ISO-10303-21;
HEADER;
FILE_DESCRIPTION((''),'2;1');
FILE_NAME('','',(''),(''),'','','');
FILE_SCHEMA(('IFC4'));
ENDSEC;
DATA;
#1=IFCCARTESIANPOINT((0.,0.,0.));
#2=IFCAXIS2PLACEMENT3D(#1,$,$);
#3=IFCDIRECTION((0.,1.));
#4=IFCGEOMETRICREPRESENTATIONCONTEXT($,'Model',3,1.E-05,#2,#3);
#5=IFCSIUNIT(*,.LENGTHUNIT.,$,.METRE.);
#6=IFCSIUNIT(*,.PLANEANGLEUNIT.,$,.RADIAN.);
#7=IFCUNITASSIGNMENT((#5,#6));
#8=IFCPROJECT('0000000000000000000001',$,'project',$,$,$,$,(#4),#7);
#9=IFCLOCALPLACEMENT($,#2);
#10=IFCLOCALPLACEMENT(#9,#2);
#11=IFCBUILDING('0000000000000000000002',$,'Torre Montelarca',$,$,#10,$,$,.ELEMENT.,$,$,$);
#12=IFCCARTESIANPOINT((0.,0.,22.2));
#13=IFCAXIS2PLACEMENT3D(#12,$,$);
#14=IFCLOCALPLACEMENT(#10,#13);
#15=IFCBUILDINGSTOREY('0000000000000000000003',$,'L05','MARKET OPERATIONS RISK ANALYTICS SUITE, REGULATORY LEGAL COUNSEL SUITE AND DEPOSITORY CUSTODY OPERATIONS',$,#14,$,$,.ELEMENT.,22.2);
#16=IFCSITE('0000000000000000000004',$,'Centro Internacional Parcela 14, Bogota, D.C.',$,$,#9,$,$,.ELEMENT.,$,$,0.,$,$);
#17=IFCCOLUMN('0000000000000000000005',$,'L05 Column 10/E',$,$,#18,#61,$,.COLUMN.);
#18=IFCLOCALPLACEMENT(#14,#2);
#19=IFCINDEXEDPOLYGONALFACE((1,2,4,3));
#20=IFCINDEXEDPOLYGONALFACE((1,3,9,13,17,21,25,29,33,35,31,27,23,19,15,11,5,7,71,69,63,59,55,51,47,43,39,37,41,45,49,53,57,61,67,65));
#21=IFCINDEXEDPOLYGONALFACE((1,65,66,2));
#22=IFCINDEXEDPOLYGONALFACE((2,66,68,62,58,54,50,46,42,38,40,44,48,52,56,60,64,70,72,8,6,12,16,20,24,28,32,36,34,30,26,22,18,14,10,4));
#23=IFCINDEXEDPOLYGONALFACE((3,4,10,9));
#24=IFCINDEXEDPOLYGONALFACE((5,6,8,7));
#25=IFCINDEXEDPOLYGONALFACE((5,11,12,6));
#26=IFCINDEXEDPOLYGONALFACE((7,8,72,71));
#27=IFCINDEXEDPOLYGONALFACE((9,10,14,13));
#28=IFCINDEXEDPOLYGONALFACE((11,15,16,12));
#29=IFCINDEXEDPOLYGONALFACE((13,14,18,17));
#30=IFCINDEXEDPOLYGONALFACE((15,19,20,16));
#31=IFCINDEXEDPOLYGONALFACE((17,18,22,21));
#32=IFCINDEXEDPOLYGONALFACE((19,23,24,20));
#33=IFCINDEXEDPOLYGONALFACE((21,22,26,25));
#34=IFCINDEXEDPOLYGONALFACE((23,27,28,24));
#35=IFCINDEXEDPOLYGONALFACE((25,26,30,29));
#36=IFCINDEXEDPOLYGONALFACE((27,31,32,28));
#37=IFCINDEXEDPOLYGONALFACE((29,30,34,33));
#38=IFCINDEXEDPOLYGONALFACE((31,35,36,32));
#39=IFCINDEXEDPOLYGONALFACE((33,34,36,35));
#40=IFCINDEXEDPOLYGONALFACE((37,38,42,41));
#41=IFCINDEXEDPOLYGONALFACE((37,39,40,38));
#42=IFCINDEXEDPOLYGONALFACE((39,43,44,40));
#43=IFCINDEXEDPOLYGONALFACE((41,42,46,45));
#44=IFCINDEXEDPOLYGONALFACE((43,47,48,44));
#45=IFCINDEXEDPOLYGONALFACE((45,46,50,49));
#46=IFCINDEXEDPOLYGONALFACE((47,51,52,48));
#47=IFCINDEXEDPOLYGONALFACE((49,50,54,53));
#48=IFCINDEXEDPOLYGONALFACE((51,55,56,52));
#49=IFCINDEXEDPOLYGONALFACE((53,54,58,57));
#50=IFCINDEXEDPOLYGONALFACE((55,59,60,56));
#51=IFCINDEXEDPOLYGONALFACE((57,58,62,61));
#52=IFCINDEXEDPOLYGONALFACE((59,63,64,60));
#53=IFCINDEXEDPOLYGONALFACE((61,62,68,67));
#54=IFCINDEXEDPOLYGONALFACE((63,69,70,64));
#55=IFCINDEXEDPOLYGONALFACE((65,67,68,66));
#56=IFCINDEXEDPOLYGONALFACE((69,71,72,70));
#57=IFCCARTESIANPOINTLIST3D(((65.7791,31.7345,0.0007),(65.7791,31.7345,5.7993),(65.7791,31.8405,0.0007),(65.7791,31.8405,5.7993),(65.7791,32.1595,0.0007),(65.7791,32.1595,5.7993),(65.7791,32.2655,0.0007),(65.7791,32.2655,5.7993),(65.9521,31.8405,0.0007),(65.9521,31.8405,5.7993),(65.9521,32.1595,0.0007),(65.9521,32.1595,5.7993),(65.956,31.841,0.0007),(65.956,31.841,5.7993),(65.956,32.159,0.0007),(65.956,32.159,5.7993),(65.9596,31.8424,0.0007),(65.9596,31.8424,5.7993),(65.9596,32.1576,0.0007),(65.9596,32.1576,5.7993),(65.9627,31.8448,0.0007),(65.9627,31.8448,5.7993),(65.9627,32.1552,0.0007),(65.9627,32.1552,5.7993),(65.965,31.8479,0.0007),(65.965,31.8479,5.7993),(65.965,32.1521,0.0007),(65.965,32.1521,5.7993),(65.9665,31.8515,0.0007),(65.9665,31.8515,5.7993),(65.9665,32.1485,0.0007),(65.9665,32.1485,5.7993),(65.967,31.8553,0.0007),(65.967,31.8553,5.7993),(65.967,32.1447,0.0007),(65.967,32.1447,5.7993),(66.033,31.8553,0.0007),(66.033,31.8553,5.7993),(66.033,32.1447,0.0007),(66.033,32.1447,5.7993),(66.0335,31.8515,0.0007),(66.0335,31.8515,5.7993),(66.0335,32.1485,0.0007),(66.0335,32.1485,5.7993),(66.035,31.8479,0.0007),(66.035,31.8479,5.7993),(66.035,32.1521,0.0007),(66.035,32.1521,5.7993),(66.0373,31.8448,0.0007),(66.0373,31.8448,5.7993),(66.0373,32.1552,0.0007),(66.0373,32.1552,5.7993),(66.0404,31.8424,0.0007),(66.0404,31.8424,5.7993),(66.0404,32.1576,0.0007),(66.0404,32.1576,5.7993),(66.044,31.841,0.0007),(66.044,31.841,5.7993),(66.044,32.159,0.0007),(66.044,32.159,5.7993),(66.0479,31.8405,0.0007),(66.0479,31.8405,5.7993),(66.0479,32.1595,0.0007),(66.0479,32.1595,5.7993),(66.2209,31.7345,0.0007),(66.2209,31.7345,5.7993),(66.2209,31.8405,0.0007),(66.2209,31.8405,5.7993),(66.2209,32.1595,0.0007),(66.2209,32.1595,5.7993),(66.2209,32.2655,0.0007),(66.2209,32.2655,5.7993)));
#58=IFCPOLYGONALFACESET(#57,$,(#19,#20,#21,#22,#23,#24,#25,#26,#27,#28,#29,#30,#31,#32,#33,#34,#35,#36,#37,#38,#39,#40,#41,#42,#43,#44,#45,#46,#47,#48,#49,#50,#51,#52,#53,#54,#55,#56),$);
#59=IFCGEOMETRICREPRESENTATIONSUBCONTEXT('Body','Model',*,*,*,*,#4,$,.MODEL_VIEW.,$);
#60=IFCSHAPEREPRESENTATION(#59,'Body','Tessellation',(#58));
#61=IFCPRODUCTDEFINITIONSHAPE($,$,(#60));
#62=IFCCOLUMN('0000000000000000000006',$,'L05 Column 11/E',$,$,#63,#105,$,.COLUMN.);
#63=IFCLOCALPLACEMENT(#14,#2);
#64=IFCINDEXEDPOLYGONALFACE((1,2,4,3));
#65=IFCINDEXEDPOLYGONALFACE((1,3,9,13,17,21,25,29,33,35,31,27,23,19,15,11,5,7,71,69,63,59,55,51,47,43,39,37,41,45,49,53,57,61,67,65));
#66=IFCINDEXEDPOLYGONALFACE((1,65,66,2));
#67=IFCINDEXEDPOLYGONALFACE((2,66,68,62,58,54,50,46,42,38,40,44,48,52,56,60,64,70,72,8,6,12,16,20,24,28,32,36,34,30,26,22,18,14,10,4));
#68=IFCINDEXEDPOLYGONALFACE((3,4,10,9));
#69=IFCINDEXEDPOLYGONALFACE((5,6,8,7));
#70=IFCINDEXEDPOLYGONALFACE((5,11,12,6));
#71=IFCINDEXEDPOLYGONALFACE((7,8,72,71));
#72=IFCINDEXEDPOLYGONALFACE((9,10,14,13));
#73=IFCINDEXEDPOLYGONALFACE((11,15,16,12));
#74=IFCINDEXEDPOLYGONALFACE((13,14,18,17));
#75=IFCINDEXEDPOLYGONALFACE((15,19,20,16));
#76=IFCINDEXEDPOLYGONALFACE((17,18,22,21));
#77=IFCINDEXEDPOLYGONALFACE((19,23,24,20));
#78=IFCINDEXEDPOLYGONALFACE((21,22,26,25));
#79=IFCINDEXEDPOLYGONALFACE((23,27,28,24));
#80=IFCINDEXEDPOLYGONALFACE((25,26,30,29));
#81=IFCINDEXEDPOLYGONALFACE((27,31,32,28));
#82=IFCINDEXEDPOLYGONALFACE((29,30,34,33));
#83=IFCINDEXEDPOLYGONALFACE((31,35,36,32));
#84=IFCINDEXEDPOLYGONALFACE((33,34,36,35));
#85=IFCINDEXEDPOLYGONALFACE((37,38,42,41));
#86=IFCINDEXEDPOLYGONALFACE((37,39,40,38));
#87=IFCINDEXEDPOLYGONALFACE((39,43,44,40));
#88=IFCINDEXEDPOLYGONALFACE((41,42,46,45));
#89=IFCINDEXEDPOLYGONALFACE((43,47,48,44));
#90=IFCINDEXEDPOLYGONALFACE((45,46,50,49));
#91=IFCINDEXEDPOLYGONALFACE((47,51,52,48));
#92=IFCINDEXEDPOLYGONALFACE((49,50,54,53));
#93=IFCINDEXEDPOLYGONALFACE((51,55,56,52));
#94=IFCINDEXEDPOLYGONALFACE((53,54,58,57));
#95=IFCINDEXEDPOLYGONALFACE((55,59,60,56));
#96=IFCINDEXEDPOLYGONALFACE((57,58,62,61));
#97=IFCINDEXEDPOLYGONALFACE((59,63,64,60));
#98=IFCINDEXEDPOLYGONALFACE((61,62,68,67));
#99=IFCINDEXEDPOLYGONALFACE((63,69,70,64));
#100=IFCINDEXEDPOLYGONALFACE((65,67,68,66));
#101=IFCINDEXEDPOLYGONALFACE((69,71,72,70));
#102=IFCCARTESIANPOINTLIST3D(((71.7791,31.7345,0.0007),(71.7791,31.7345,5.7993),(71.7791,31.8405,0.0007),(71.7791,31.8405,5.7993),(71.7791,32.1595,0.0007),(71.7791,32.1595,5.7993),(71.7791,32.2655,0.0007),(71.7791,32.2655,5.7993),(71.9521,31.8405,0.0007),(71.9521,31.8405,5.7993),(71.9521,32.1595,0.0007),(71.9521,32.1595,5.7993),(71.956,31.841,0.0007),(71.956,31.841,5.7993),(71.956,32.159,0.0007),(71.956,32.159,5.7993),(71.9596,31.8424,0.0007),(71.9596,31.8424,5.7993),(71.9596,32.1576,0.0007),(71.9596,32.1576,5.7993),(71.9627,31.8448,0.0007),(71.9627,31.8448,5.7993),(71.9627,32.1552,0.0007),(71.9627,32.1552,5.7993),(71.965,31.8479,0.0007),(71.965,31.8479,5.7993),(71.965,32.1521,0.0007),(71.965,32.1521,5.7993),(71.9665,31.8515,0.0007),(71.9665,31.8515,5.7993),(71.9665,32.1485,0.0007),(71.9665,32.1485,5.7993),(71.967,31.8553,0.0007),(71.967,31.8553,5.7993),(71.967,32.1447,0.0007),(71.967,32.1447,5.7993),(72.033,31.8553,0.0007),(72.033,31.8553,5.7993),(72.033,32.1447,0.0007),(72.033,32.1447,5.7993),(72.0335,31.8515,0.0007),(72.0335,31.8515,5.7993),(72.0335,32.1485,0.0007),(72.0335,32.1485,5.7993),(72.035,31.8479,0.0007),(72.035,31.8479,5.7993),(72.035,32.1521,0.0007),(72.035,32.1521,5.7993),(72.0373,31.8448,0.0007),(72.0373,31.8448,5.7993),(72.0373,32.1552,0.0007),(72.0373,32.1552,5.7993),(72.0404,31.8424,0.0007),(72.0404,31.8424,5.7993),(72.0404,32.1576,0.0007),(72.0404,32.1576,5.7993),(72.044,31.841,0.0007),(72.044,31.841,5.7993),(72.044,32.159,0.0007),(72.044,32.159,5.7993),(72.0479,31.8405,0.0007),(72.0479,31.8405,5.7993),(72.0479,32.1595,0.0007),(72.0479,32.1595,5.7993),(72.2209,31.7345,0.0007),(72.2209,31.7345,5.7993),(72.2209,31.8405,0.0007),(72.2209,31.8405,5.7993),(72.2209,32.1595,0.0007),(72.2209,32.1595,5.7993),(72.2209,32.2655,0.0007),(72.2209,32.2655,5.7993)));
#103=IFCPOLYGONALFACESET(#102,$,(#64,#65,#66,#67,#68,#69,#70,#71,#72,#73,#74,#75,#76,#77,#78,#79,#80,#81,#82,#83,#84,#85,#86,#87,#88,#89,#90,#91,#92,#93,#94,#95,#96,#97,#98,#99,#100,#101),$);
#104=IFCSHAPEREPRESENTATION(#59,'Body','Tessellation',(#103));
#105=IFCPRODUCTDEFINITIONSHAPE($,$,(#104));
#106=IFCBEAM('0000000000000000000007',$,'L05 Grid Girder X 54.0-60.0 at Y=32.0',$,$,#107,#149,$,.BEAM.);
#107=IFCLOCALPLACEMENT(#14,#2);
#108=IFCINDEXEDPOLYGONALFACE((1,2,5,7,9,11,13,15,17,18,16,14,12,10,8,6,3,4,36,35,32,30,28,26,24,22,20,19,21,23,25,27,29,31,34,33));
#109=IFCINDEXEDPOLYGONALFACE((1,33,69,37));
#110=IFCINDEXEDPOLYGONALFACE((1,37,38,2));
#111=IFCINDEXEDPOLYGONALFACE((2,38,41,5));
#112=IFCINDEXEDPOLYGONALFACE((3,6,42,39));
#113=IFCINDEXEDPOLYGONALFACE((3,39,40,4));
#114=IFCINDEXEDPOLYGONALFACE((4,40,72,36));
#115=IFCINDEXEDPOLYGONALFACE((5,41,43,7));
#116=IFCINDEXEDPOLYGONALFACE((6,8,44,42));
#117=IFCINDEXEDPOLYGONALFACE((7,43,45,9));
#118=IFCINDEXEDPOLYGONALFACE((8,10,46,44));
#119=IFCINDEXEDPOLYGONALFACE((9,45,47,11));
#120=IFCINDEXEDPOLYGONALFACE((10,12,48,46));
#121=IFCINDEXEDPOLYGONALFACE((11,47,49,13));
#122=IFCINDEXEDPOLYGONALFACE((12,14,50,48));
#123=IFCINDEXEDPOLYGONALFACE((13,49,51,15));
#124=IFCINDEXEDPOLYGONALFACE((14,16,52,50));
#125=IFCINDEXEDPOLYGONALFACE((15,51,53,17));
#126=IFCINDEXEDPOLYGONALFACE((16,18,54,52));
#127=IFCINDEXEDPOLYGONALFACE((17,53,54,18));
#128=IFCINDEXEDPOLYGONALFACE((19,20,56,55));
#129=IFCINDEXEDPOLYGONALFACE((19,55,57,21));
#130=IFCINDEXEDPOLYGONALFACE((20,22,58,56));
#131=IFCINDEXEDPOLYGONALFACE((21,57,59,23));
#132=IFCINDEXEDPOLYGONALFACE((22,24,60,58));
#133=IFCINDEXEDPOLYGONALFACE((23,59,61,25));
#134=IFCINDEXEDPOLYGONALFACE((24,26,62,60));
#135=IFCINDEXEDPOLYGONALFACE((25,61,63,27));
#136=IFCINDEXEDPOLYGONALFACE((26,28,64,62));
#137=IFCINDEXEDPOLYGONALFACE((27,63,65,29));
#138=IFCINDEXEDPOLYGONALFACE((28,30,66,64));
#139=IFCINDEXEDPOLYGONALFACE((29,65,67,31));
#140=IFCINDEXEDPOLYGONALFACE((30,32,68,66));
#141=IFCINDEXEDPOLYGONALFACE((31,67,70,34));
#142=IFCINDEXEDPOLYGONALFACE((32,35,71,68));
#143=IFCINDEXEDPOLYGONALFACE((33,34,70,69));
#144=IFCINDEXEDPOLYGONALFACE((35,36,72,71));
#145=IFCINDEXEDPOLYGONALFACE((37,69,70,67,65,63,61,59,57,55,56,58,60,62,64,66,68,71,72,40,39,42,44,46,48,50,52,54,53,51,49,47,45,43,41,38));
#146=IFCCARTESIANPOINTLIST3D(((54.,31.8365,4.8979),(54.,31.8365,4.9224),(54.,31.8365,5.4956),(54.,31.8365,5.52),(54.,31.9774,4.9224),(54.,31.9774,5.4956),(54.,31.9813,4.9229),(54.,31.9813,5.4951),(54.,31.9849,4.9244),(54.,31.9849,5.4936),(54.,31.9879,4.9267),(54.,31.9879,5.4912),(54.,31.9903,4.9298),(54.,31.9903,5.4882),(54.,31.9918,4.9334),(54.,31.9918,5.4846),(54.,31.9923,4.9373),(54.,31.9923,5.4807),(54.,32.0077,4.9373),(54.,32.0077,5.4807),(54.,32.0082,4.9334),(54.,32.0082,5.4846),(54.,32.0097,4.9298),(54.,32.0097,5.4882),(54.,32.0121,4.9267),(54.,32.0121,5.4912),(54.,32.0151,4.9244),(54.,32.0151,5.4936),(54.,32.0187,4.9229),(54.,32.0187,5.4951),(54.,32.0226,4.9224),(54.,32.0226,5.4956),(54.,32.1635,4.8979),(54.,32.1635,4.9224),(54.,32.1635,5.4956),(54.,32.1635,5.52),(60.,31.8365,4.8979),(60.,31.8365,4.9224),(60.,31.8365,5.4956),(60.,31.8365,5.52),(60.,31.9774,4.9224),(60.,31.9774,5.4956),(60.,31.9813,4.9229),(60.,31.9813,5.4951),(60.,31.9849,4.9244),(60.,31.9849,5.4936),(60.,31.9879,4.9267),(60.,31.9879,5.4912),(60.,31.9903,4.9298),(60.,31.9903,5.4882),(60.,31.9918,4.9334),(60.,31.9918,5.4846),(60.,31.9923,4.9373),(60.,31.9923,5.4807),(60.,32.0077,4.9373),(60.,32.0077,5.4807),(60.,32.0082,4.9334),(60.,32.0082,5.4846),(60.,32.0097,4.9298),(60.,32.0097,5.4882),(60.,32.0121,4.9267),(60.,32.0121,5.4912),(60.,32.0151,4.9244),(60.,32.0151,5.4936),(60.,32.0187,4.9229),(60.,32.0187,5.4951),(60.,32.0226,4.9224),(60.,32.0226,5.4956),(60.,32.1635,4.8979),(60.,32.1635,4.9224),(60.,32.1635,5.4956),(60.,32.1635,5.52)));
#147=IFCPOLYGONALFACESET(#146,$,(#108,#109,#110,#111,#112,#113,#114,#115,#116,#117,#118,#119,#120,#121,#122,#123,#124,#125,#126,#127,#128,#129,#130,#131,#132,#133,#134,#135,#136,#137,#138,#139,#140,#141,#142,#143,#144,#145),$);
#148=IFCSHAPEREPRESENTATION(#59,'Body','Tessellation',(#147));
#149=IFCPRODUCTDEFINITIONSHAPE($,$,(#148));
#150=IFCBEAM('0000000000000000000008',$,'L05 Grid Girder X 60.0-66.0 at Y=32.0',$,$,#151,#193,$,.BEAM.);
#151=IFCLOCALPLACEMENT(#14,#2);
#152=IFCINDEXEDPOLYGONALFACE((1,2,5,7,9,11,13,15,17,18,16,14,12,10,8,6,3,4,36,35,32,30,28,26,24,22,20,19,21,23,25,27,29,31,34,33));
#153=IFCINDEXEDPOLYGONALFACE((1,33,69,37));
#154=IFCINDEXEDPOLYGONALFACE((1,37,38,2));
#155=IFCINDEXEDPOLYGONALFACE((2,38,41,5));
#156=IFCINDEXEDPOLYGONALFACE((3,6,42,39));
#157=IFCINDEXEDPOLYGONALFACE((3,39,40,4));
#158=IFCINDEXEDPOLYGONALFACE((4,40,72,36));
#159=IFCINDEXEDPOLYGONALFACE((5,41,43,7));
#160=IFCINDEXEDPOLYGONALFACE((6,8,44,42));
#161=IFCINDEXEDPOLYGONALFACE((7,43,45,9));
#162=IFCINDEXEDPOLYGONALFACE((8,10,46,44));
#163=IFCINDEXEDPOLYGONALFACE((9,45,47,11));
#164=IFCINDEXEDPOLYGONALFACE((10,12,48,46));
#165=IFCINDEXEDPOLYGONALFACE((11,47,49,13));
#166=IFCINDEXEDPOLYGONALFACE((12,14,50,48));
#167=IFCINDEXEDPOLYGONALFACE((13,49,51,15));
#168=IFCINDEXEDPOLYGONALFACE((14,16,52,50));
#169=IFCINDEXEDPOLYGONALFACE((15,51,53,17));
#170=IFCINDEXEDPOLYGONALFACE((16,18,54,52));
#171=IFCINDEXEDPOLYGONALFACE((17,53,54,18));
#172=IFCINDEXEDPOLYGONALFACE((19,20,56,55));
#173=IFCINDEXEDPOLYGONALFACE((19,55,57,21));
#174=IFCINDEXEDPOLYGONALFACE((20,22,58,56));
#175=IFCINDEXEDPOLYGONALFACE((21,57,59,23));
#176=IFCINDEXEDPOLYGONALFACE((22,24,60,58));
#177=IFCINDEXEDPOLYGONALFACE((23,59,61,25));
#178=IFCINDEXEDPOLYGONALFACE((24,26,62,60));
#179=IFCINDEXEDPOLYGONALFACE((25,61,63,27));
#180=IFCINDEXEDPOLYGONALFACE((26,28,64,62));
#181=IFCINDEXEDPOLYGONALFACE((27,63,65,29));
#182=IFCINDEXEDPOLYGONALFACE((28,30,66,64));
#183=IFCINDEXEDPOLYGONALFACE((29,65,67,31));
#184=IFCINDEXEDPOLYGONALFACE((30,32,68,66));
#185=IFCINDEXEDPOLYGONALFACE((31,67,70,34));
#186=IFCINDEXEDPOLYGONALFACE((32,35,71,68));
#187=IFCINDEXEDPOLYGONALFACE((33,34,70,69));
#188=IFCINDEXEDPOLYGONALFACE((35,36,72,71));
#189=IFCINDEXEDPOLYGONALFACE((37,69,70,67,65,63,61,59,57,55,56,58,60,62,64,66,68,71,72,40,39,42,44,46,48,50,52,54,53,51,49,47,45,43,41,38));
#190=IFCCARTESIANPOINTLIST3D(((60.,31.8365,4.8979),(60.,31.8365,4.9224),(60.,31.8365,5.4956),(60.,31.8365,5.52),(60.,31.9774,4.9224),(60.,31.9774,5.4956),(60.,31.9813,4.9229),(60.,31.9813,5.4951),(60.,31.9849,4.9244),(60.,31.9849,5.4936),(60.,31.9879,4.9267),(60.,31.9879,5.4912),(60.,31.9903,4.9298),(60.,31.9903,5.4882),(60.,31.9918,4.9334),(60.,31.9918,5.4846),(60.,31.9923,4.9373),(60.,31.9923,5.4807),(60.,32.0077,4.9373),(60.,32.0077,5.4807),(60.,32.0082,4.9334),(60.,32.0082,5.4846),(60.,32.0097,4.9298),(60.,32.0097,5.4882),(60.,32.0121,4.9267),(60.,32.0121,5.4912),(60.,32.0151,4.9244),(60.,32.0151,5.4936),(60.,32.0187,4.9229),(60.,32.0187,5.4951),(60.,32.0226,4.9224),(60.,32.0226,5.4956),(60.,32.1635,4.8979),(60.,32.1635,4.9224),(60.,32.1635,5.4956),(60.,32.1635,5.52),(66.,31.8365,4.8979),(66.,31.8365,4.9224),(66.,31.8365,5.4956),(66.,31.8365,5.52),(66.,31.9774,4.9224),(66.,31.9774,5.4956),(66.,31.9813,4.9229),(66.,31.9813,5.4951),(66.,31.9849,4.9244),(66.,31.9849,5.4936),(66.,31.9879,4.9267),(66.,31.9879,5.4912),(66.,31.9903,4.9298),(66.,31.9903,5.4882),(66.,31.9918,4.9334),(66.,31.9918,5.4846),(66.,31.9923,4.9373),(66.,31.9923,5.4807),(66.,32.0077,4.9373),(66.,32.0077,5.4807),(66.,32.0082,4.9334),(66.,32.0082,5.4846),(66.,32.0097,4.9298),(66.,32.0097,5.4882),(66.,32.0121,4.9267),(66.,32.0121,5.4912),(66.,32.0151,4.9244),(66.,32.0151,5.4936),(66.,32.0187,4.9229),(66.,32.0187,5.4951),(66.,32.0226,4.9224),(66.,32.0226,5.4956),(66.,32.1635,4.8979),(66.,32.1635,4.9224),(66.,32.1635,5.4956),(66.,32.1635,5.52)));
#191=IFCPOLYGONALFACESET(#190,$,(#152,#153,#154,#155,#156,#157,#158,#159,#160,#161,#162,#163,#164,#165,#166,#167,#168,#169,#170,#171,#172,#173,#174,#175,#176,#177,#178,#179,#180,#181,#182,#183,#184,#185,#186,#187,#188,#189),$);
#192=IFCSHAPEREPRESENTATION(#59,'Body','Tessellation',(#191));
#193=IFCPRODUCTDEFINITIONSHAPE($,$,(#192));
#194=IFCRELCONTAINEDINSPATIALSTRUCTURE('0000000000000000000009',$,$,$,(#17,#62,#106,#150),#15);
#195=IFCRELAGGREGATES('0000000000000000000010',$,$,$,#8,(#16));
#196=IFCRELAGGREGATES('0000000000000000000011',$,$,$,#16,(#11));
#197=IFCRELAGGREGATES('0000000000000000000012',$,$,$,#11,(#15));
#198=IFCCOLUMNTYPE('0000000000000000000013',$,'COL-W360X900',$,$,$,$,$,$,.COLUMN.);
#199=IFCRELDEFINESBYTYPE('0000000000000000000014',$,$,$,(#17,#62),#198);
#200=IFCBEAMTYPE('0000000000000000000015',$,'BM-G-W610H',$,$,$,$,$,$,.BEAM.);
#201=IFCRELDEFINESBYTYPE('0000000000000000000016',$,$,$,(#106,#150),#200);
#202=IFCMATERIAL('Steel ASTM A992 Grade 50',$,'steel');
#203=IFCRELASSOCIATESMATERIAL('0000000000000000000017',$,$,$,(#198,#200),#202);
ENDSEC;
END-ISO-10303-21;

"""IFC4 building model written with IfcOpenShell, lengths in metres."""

from ifc_helpers import new_model, si_unit, direction, frame, origin, origin_2d, place, context, subcontext, project, spatial, i_section, extrude, source, transform, mapped, material, material_profile, profile_set, type_object, element, save


model = new_model("IFC4")

# Units and contexts
model_context = context("Model", 3, precision=1e-05, world=origin(), true_north=direction((0.0, 1.0)))
body_context = subcontext(model_context, "Body", "Model", "MODEL_VIEW")
ifc_project = project(units=[si_unit("LENGTHUNIT", "METRE"), si_unit("PLANEANGLEUNIT", "RADIAN")], contexts=[model_context])

# Site, building, storey
site_placement = place(None, origin())
site = spatial("IfcSite", under=ifc_project, at=site_placement, Name="Centro Internacional Parcela 14, Bogota, D.C.", CompositionType="ELEMENT", RefElevation=0.0)
building_placement = place(site_placement, origin())
building = spatial("IfcBuilding", under=site, at=building_placement, Name="Torre Montelarca", CompositionType="ELEMENT")
storey_placement = place(building_placement, frame((0.0, 0.0, 22.2)))
storey = spatial("IfcBuildingStorey", under=building, at=storey_placement, Name="L05", Description="MARKET OPERATIONS RISK ANALYTICS SUITE, REGULATORY LEGAL COUNSEL SUITE AND DEPOSITORY CUSTODY OPERATIONS", CompositionType="ELEMENT", Elevation=22.2)

# Columns
ifc_material_1 = material(Name="Steel ASTM A992 Grade 50", Category="steel")
ifc_material_profile_1 = material_profile(ifc_material_1, i_section(OverallWidth=0.4419, OverallDepth=0.531, WebThickness=0.0659, FlangeThickness=0.106, FilletRadius=0.0149, at=origin_2d()), Name="W360X900", Category="steel")
ifc_profile_set_1 = profile_set([ifc_material_profile_1], Name="Steel ASTM A992 Grade 50")
column_type_1 = type_object("IfcColumnType", Name="COL-W360X900", PredefinedType="COLUMN", material=ifc_profile_set_1)
shared_shape_1 = source(origin(), body_context, "Body", "SweptSolid", [
    extrude(i_section(OverallWidth=0.4419, OverallDepth=0.531, WebThickness=0.0659, FlangeThickness=0.106, FilletRadius=0.0149, at=origin_2d()), origin(), (0.0, 0.0, 1.0), 5.7986),
])
for number, where, z_axis, x_axis, name in (
    (1, (66.0, 32.0, 0.0007), (0.0, 0.0, 1.0), (1.0, 0.0, 0.0), "L05 Column 10/E"),
    (2, (72.0, 32.0, 0.0007), (0.0, 0.0, 1.0), (1.0, 0.0, 0.0), "L05 Column 11/E"),
):
    element("IfcColumn", number, at=place(storey_placement, frame(where, z_axis=z_axis, x_axis=x_axis)), inside=storey, type_object=column_type_1, Name=name, PredefinedType="COLUMN", context=body_context, shape_type="MappedRepresentation", body=[
        mapped(shared_shape_1, transform((0.0, 0.0, 0.0), scale=1.0)),
    ])

# Beams
ifc_material_profile_2 = material_profile(ifc_material_1, i_section(OverallWidth=0.3269, OverallDepth=0.6221, WebThickness=0.0154, FlangeThickness=0.0244, FilletRadius=0.0149, at=origin_2d()), Name="W610X195", Category="steel")
ifc_profile_set_2 = profile_set([ifc_material_profile_2], Name="Steel ASTM A992 Grade 50")
beam_type_1 = type_object("IfcBeamType", Name="BM-G-W610H", PredefinedType="BEAM", material=ifc_profile_set_2)
shared_shape_2 = source(origin(), body_context, "Body", "SweptSolid", [
    extrude(i_section(OverallWidth=0.3269, OverallDepth=0.6221, WebThickness=0.0154, FlangeThickness=0.0244, FilletRadius=0.0149, at=origin_2d()), origin(), (0.0, 0.0, 1.0), 6.0),
])
for number, where, z_axis, x_axis, name in (
    (3, (54.0, 32.0, 5.209), (1.0, 0.0, 0.0), (0.0, 1.0, 0.0), "L05 Grid Girder X 54.0-60.0 at Y=32.0"),
    (4, (60.0, 32.0, 5.209), (1.0, 0.0, 0.0), (0.0, 1.0, 0.0), "L05 Grid Girder X 60.0-66.0 at Y=32.0"),
):
    element("IfcBeam", number, at=place(storey_placement, frame(where, z_axis=z_axis, x_axis=x_axis)), inside=storey, type_object=beam_type_1, Name=name, PredefinedType="BEAM", context=body_context, shape_type="MappedRepresentation", body=[
        mapped(shared_shape_2, transform((0.0, 0.0, 0.0), scale=1.0)),
    ])

save(model, "model.ifc")
